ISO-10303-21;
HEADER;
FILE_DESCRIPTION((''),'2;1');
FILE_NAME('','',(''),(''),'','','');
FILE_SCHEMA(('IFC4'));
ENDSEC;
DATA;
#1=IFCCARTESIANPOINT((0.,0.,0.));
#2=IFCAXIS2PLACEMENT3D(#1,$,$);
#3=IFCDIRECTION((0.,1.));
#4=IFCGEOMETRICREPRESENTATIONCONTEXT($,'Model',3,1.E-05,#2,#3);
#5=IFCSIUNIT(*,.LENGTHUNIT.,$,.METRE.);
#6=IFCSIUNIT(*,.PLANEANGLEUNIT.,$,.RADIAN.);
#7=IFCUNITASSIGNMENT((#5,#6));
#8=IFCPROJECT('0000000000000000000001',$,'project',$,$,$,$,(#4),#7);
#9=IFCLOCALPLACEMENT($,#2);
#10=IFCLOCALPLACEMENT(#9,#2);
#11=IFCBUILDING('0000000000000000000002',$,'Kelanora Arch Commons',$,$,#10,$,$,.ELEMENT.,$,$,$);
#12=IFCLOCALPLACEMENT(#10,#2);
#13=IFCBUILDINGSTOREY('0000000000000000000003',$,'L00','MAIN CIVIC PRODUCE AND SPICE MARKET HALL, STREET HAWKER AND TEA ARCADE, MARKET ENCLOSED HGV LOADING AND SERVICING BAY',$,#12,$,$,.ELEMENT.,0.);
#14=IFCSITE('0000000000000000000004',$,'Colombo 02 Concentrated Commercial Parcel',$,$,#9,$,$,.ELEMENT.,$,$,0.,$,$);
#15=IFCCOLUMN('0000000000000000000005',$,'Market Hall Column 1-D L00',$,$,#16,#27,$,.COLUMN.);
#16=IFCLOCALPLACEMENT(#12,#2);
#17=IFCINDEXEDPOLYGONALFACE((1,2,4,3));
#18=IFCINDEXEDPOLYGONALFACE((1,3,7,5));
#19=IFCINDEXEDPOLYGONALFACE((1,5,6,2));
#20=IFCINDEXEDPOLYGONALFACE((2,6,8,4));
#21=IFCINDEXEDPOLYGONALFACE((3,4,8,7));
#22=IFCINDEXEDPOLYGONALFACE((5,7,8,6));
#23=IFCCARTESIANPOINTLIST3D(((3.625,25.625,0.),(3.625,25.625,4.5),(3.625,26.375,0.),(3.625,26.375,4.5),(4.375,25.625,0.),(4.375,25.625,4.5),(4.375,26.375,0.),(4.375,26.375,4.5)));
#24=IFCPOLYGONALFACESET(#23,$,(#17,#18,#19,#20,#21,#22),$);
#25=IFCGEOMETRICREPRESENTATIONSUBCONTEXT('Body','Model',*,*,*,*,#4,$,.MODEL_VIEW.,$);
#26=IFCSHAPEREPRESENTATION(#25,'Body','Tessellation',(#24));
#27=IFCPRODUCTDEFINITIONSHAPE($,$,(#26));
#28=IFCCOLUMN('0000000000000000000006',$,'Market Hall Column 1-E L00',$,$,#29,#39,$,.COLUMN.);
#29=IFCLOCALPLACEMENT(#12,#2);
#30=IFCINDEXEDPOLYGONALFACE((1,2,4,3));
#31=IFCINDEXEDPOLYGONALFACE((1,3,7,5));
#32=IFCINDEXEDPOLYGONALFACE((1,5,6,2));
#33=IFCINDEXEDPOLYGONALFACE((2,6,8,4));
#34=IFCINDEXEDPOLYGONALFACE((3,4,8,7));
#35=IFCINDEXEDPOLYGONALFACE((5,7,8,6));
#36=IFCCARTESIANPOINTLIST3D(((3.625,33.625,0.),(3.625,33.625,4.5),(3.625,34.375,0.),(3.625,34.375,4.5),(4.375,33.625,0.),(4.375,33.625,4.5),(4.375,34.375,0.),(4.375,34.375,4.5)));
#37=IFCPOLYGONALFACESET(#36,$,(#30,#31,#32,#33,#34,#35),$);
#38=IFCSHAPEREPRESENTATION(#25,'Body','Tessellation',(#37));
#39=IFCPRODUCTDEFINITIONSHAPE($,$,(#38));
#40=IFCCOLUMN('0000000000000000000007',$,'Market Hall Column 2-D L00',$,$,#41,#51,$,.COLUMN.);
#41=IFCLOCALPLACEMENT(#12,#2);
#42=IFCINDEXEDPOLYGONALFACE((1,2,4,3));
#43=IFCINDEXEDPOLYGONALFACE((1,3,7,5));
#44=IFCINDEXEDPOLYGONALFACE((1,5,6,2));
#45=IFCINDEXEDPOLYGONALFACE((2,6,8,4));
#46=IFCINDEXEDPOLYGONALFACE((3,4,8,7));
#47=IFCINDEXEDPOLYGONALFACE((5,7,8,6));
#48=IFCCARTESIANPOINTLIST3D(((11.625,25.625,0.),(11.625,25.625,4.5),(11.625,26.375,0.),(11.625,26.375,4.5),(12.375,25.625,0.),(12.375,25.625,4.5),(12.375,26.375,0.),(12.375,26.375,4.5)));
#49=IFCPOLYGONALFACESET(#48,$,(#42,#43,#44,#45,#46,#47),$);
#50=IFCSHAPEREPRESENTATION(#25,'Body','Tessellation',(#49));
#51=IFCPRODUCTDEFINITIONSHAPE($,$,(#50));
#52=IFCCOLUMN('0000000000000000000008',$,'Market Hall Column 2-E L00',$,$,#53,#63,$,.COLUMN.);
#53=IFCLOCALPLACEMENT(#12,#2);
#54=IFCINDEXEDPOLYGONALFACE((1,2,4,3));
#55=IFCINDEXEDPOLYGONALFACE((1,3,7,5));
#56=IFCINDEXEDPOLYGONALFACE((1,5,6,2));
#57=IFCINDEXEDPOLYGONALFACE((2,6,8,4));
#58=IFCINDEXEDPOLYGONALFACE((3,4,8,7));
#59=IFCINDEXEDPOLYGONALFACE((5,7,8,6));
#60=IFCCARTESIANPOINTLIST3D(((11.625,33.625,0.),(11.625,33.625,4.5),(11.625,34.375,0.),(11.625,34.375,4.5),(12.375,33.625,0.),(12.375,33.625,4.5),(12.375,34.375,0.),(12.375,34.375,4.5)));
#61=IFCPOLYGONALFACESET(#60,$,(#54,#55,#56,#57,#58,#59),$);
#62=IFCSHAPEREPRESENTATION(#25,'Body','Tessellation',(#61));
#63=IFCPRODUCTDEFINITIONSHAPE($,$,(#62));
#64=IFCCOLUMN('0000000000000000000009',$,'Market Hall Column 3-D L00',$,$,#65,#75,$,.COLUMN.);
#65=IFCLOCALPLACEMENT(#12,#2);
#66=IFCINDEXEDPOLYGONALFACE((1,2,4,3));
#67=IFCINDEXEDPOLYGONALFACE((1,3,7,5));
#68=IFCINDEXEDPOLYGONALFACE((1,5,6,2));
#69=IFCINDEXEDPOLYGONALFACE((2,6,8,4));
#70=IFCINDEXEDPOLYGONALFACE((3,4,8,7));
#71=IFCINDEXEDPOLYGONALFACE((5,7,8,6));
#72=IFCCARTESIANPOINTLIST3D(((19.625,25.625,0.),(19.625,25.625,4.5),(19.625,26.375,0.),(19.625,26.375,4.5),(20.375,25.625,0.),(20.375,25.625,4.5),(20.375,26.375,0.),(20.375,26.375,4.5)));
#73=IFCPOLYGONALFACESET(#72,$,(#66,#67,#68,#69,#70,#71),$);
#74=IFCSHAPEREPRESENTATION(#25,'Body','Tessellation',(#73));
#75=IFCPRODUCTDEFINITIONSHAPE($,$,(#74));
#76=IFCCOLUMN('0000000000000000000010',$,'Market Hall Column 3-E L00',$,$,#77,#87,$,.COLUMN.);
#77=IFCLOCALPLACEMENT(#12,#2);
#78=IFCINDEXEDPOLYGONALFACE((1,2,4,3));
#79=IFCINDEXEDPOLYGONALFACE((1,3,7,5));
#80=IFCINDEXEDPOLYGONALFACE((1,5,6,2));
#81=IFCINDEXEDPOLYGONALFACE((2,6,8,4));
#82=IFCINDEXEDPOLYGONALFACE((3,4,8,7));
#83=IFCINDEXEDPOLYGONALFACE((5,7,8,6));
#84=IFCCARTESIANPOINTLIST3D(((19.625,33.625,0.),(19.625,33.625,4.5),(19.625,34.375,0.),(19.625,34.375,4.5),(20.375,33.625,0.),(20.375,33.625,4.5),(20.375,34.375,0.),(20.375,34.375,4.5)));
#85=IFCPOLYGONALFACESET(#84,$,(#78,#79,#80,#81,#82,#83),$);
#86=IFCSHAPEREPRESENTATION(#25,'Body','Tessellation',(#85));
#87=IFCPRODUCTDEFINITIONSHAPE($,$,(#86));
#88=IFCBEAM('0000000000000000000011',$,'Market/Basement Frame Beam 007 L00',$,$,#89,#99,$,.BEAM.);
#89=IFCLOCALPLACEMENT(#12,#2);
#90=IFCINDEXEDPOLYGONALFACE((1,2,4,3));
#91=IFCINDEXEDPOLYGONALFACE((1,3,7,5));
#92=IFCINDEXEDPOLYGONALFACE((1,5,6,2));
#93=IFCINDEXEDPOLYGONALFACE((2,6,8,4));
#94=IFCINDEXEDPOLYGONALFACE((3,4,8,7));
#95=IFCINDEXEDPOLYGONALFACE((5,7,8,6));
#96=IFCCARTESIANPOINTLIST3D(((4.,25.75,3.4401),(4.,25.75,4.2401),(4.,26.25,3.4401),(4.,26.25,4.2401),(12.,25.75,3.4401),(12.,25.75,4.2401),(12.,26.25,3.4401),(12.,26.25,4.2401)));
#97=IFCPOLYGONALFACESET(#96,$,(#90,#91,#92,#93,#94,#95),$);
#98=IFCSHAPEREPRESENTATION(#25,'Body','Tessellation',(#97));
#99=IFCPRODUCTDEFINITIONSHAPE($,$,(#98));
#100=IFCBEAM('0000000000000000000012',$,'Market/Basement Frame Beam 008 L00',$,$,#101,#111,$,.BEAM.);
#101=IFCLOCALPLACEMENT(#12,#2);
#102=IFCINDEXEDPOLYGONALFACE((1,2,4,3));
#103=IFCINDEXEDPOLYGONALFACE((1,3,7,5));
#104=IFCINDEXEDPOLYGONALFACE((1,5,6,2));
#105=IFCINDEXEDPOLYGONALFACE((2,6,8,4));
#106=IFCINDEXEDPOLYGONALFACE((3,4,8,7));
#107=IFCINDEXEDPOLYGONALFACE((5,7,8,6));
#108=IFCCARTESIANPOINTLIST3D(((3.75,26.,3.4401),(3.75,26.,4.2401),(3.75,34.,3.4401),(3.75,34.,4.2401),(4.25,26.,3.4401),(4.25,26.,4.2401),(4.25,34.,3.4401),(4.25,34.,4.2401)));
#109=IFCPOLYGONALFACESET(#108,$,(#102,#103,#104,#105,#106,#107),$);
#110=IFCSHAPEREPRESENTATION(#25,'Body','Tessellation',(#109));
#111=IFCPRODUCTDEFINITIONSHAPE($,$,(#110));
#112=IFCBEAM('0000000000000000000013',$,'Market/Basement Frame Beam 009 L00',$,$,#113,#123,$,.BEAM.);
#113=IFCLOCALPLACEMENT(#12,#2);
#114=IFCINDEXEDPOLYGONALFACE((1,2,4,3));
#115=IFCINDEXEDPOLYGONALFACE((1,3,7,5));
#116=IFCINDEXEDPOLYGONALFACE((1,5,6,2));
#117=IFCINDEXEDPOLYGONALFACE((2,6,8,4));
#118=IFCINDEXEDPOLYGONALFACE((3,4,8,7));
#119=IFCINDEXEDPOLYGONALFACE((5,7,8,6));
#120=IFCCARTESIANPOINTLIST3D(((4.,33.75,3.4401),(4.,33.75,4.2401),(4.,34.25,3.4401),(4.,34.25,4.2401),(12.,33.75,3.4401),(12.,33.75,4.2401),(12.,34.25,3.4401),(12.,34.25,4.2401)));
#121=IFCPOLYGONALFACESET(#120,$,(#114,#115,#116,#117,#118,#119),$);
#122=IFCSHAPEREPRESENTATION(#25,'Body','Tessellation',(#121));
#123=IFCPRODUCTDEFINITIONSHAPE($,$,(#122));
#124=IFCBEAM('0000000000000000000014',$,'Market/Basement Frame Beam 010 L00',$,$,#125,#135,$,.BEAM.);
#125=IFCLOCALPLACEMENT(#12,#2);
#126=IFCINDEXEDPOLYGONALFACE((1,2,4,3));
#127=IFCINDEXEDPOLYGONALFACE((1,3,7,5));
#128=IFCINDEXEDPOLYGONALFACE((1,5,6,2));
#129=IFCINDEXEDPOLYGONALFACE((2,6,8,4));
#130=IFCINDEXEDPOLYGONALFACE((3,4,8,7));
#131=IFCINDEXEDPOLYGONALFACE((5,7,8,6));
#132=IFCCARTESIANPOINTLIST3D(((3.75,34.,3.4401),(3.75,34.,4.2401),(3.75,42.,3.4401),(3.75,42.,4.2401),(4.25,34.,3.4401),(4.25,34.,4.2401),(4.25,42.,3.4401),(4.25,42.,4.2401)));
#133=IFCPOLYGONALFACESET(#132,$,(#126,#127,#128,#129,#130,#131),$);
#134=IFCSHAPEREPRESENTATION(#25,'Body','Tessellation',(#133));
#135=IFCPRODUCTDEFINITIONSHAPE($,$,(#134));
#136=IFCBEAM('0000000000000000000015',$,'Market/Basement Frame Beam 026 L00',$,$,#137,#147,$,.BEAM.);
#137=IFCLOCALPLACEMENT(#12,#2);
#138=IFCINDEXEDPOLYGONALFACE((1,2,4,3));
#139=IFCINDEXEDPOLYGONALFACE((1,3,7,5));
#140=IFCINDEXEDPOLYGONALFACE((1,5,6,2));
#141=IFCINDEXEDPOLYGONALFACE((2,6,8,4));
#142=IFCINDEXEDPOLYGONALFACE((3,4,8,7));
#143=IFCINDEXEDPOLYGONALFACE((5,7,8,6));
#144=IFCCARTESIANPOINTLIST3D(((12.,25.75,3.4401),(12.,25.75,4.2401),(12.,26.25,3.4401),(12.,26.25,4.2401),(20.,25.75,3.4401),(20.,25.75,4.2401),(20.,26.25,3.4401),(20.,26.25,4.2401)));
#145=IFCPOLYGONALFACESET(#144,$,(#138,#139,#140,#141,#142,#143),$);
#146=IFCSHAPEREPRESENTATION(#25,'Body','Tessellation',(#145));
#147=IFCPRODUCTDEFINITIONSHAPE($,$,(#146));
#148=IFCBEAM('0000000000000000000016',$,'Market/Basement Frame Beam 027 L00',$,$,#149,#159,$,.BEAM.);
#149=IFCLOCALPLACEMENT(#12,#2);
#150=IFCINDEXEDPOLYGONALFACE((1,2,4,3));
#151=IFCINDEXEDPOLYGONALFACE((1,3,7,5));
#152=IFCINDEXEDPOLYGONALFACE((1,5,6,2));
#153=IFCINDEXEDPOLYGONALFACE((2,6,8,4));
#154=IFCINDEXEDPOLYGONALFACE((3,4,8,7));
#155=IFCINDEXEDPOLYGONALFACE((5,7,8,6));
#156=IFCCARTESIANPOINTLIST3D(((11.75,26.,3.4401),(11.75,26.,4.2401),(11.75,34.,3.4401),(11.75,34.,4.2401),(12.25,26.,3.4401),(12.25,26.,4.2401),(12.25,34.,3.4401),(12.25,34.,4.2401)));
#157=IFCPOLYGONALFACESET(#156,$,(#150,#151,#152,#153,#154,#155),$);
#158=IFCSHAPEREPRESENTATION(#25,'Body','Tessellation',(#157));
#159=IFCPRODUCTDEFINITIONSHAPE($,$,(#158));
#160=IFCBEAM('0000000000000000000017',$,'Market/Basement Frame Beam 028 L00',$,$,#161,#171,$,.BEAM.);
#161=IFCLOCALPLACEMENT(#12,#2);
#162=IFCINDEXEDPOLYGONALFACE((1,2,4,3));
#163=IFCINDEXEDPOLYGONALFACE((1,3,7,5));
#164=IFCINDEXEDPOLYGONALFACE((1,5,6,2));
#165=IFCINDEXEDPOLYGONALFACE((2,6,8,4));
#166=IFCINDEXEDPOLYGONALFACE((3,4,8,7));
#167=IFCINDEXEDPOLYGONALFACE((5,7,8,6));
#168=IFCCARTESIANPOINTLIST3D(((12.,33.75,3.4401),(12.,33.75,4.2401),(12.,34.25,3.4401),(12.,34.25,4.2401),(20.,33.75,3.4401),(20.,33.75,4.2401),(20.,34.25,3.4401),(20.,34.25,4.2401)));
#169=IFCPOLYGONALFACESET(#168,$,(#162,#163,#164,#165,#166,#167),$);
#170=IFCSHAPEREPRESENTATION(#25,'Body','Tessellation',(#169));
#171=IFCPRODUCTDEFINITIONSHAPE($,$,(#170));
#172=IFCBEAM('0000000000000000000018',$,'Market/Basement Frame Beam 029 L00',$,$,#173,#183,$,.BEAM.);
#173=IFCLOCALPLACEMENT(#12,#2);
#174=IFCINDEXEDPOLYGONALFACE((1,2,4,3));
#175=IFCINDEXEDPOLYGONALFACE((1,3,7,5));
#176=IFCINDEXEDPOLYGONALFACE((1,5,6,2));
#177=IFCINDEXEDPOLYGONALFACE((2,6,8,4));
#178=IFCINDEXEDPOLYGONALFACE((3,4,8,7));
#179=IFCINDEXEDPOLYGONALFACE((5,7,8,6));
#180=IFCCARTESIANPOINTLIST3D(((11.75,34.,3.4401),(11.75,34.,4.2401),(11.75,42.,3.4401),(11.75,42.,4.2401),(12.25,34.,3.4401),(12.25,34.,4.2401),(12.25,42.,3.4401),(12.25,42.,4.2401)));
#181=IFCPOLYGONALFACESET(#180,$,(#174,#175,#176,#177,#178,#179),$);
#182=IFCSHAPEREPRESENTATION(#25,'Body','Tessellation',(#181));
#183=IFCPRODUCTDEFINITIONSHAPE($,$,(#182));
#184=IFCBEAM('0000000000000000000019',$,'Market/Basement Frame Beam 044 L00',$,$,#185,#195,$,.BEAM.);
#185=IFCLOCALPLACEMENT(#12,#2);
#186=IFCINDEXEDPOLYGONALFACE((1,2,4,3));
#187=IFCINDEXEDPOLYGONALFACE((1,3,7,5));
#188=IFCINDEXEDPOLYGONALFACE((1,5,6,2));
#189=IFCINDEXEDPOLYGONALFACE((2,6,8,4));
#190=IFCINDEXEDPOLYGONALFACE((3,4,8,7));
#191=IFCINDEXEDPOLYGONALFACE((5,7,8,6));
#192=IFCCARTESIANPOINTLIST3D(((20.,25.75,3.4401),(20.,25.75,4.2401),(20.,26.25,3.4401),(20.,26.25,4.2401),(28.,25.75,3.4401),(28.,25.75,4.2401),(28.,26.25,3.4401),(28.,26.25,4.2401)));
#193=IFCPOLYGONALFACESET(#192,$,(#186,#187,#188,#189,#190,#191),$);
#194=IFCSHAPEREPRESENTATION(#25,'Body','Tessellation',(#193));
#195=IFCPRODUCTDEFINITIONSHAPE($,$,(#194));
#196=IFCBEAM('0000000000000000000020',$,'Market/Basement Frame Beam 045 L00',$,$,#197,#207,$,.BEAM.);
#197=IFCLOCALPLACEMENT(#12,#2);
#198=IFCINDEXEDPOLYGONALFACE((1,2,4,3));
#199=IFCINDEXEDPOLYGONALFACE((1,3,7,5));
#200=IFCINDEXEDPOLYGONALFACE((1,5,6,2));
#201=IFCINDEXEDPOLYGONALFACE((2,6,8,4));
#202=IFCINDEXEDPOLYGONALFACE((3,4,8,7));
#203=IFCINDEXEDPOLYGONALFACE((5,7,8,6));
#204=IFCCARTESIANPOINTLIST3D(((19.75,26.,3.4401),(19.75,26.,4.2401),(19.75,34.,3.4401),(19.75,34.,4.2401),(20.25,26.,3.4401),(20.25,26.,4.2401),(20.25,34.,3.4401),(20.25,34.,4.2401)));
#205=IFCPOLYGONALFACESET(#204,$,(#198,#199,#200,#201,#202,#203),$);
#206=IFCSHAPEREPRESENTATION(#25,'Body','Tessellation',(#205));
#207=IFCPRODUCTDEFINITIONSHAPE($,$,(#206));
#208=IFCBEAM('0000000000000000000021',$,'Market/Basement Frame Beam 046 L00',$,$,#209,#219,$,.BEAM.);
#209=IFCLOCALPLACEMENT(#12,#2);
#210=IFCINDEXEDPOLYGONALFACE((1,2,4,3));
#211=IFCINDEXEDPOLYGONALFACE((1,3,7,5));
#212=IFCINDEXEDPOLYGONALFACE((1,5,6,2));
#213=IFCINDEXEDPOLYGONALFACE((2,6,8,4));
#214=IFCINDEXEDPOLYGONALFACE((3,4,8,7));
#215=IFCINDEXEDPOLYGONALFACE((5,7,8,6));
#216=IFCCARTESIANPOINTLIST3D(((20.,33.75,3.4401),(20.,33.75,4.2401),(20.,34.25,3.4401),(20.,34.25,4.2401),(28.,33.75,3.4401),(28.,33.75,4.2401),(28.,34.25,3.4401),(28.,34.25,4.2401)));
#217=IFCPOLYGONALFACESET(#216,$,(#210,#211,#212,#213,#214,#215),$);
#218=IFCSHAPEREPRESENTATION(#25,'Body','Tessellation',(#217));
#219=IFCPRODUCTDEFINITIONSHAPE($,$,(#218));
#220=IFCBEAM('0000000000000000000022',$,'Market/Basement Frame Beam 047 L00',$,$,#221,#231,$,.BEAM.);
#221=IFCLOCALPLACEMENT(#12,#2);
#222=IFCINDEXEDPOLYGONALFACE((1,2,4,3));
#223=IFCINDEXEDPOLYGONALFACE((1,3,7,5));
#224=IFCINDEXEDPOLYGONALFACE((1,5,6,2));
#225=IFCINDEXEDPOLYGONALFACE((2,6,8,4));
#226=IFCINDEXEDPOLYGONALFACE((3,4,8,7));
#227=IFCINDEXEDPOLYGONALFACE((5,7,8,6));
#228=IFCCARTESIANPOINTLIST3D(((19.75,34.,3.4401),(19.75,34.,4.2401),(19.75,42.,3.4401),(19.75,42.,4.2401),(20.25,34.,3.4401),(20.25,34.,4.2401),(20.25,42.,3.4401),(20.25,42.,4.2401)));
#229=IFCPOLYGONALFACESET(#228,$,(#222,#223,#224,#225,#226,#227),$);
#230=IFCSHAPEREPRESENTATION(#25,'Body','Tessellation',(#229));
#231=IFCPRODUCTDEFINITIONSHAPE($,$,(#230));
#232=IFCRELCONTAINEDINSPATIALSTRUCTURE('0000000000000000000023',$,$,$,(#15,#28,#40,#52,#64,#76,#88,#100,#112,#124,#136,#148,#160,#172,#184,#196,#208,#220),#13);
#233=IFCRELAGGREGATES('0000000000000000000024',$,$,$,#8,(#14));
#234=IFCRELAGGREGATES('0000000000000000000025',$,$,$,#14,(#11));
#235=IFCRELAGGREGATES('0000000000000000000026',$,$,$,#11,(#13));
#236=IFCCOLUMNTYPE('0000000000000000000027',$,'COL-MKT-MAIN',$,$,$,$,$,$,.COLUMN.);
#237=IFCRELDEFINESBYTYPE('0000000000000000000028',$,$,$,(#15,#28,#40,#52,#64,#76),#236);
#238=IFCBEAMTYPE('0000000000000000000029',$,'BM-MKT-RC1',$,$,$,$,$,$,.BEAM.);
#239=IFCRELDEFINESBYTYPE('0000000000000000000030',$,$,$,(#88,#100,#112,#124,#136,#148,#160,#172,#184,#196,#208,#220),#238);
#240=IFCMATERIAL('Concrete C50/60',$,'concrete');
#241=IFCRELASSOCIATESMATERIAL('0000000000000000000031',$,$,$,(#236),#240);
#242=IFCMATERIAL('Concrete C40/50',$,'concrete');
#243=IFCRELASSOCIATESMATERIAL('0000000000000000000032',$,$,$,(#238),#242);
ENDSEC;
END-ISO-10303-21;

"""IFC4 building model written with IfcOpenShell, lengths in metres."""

from ifc_helpers import new_model, si_unit, direction, frame, origin, origin_2d, place, context, subcontext, project, spatial, rectangle, extrude, material, material_profile, profile_set, type_object, element, save


model = new_model("IFC4")

# Units and contexts
model_context = context("Model", 3, precision=1e-05, world=origin(), true_north=direction((0.0, 1.0)))
body_context = subcontext(model_context, "Body", "Model", "MODEL_VIEW")
ifc_project = project(units=[si_unit("LENGTHUNIT", "METRE"), si_unit("PLANEANGLEUNIT", "RADIAN")], contexts=[model_context])

# Site, building, storey
site_placement = place(None, origin())
site = spatial("IfcSite", under=ifc_project, at=site_placement, Name="Colombo 02 Concentrated Commercial Parcel", CompositionType="ELEMENT", RefElevation=0.0)
building_placement = place(site_placement, origin())
building = spatial("IfcBuilding", under=site, at=building_placement, Name="Kelanora Arch Commons", CompositionType="ELEMENT")
storey_placement = place(building_placement, origin())
storey = spatial("IfcBuildingStorey", under=building, at=storey_placement, Name="L00", Description="MAIN CIVIC PRODUCE AND SPICE MARKET HALL, STREET HAWKER AND TEA ARCADE, MARKET ENCLOSED HGV LOADING AND SERVICING BAY", CompositionType="ELEMENT", Elevation=0.0)

# Columns
ifc_material_1 = material(Name="Concrete C50/60", Category="concrete")
ifc_material_profile_1 = material_profile(ifc_material_1, rectangle(XDim=0.75, YDim=0.75, at=origin_2d()), Name="RC750x750")
ifc_profile_set_1 = profile_set([ifc_material_profile_1], Name="Concrete C50/60")
column_type = type_object("IfcColumnType", Name="COL-MKT-MAIN", PredefinedType="COLUMN", material=ifc_profile_set_1)
for number, where, z_axis, x_axis, name in (
    (1, (4.0, 26.0, 0.0), (0.0, 0.0, 1.0), (1.0, 0.0, 0.0), "Market Hall Column 1-D L00"),
    (2, (4.0, 34.0, 0.0), (0.0, 0.0, 1.0), (1.0, 0.0, 0.0), "Market Hall Column 1-E L00"),
    (3, (12.0, 26.0, 0.0), (0.0, 0.0, 1.0), (1.0, 0.0, 0.0), "Market Hall Column 2-D L00"),
    (4, (12.0, 34.0, 0.0), (0.0, 0.0, 1.0), (1.0, 0.0, 0.0), "Market Hall Column 2-E L00"),
    (5, (20.0, 26.0, 0.0), (0.0, 0.0, 1.0), (1.0, 0.0, 0.0), "Market Hall Column 3-D L00"),
    (6, (20.0, 34.0, 0.0), (0.0, 0.0, 1.0), (1.0, 0.0, 0.0), "Market Hall Column 3-E L00"),
):
    element("IfcColumn", number, at=place(storey_placement, frame(where, z_axis=z_axis, x_axis=x_axis)), inside=storey, type_object=column_type, Name=name, PredefinedType="COLUMN", context=body_context, shape_type="SweptSolid", body=[
        extrude(rectangle(XDim=0.75, YDim=0.75, at=origin_2d()), origin(), (0.0, 0.0, 1.0), 4.5),
    ])

# Beams
ifc_material_2 = material(Name="Concrete C40/50", Category="concrete")
ifc_material_profile_2 = material_profile(ifc_material_2, rectangle(XDim=0.5, YDim=0.8, at=origin_2d()), Name="RCB500x800")
ifc_profile_set_2 = profile_set([ifc_material_profile_2], Name="Concrete C40/50")
beam_type = type_object("IfcBeamType", Name="BM-MKT-RC1", PredefinedType="BEAM", material=ifc_profile_set_2)
for number, where, z_axis, x_axis, name in (
    (7, (4.0, 26.0, 3.8401), (1.0, 0.0, 0.0), (0.0, 1.0, 0.0), "Market/Basement Frame Beam 007 L00"),
    (8, (4.0, 26.0, 3.8401), (0.0, 1.0, 0.0), (-1.0, 0.0, 0.0), "Market/Basement Frame Beam 008 L00"),
    (9, (4.0, 34.0, 3.8401), (1.0, 0.0, 0.0), (0.0, 1.0, 0.0), "Market/Basement Frame Beam 009 L00"),
    (10, (4.0, 34.0, 3.8401), (0.0, 1.0, 0.0), (-1.0, 0.0, 0.0), "Market/Basement Frame Beam 010 L00"),
    (11, (12.0, 26.0, 3.8401), (1.0, 0.0, 0.0), (0.0, 1.0, 0.0), "Market/Basement Frame Beam 026 L00"),
    (12, (12.0, 26.0, 3.8401), (0.0, 1.0, 0.0), (-1.0, 0.0, 0.0), "Market/Basement Frame Beam 027 L00"),
    (13, (12.0, 34.0, 3.8401), (1.0, 0.0, 0.0), (0.0, 1.0, 0.0), "Market/Basement Frame Beam 028 L00"),
    (14, (12.0, 34.0, 3.8401), (0.0, 1.0, 0.0), (-1.0, 0.0, 0.0), "Market/Basement Frame Beam 029 L00"),
    (15, (20.0, 26.0, 3.8401), (1.0, 0.0, 0.0), (0.0, 1.0, 0.0), "Market/Basement Frame Beam 044 L00"),
    (16, (20.0, 26.0, 3.8401), (0.0, 1.0, 0.0), (-1.0, 0.0, 0.0), "Market/Basement Frame Beam 045 L00"),
    (17, (20.0, 34.0, 3.8401), (1.0, 0.0, 0.0), (0.0, 1.0, 0.0), "Market/Basement Frame Beam 046 L00"),
    (18, (20.0, 34.0, 3.8401), (0.0, 1.0, 0.0), (-1.0, 0.0, 0.0), "Market/Basement Frame Beam 047 L00"),
):
    element("IfcBeam", number, at=place(storey_placement, frame(where, z_axis=z_axis, x_axis=x_axis)), inside=storey, type_object=beam_type, Name=name, PredefinedType="BEAM", context=body_context, shape_type="SweptSolid", body=[
        extrude(rectangle(XDim=0.5, YDim=0.8, at=origin_2d()), origin(), (0.0, 0.0, 1.0), 8.0),
    ])

save(model, "model.ifc")
